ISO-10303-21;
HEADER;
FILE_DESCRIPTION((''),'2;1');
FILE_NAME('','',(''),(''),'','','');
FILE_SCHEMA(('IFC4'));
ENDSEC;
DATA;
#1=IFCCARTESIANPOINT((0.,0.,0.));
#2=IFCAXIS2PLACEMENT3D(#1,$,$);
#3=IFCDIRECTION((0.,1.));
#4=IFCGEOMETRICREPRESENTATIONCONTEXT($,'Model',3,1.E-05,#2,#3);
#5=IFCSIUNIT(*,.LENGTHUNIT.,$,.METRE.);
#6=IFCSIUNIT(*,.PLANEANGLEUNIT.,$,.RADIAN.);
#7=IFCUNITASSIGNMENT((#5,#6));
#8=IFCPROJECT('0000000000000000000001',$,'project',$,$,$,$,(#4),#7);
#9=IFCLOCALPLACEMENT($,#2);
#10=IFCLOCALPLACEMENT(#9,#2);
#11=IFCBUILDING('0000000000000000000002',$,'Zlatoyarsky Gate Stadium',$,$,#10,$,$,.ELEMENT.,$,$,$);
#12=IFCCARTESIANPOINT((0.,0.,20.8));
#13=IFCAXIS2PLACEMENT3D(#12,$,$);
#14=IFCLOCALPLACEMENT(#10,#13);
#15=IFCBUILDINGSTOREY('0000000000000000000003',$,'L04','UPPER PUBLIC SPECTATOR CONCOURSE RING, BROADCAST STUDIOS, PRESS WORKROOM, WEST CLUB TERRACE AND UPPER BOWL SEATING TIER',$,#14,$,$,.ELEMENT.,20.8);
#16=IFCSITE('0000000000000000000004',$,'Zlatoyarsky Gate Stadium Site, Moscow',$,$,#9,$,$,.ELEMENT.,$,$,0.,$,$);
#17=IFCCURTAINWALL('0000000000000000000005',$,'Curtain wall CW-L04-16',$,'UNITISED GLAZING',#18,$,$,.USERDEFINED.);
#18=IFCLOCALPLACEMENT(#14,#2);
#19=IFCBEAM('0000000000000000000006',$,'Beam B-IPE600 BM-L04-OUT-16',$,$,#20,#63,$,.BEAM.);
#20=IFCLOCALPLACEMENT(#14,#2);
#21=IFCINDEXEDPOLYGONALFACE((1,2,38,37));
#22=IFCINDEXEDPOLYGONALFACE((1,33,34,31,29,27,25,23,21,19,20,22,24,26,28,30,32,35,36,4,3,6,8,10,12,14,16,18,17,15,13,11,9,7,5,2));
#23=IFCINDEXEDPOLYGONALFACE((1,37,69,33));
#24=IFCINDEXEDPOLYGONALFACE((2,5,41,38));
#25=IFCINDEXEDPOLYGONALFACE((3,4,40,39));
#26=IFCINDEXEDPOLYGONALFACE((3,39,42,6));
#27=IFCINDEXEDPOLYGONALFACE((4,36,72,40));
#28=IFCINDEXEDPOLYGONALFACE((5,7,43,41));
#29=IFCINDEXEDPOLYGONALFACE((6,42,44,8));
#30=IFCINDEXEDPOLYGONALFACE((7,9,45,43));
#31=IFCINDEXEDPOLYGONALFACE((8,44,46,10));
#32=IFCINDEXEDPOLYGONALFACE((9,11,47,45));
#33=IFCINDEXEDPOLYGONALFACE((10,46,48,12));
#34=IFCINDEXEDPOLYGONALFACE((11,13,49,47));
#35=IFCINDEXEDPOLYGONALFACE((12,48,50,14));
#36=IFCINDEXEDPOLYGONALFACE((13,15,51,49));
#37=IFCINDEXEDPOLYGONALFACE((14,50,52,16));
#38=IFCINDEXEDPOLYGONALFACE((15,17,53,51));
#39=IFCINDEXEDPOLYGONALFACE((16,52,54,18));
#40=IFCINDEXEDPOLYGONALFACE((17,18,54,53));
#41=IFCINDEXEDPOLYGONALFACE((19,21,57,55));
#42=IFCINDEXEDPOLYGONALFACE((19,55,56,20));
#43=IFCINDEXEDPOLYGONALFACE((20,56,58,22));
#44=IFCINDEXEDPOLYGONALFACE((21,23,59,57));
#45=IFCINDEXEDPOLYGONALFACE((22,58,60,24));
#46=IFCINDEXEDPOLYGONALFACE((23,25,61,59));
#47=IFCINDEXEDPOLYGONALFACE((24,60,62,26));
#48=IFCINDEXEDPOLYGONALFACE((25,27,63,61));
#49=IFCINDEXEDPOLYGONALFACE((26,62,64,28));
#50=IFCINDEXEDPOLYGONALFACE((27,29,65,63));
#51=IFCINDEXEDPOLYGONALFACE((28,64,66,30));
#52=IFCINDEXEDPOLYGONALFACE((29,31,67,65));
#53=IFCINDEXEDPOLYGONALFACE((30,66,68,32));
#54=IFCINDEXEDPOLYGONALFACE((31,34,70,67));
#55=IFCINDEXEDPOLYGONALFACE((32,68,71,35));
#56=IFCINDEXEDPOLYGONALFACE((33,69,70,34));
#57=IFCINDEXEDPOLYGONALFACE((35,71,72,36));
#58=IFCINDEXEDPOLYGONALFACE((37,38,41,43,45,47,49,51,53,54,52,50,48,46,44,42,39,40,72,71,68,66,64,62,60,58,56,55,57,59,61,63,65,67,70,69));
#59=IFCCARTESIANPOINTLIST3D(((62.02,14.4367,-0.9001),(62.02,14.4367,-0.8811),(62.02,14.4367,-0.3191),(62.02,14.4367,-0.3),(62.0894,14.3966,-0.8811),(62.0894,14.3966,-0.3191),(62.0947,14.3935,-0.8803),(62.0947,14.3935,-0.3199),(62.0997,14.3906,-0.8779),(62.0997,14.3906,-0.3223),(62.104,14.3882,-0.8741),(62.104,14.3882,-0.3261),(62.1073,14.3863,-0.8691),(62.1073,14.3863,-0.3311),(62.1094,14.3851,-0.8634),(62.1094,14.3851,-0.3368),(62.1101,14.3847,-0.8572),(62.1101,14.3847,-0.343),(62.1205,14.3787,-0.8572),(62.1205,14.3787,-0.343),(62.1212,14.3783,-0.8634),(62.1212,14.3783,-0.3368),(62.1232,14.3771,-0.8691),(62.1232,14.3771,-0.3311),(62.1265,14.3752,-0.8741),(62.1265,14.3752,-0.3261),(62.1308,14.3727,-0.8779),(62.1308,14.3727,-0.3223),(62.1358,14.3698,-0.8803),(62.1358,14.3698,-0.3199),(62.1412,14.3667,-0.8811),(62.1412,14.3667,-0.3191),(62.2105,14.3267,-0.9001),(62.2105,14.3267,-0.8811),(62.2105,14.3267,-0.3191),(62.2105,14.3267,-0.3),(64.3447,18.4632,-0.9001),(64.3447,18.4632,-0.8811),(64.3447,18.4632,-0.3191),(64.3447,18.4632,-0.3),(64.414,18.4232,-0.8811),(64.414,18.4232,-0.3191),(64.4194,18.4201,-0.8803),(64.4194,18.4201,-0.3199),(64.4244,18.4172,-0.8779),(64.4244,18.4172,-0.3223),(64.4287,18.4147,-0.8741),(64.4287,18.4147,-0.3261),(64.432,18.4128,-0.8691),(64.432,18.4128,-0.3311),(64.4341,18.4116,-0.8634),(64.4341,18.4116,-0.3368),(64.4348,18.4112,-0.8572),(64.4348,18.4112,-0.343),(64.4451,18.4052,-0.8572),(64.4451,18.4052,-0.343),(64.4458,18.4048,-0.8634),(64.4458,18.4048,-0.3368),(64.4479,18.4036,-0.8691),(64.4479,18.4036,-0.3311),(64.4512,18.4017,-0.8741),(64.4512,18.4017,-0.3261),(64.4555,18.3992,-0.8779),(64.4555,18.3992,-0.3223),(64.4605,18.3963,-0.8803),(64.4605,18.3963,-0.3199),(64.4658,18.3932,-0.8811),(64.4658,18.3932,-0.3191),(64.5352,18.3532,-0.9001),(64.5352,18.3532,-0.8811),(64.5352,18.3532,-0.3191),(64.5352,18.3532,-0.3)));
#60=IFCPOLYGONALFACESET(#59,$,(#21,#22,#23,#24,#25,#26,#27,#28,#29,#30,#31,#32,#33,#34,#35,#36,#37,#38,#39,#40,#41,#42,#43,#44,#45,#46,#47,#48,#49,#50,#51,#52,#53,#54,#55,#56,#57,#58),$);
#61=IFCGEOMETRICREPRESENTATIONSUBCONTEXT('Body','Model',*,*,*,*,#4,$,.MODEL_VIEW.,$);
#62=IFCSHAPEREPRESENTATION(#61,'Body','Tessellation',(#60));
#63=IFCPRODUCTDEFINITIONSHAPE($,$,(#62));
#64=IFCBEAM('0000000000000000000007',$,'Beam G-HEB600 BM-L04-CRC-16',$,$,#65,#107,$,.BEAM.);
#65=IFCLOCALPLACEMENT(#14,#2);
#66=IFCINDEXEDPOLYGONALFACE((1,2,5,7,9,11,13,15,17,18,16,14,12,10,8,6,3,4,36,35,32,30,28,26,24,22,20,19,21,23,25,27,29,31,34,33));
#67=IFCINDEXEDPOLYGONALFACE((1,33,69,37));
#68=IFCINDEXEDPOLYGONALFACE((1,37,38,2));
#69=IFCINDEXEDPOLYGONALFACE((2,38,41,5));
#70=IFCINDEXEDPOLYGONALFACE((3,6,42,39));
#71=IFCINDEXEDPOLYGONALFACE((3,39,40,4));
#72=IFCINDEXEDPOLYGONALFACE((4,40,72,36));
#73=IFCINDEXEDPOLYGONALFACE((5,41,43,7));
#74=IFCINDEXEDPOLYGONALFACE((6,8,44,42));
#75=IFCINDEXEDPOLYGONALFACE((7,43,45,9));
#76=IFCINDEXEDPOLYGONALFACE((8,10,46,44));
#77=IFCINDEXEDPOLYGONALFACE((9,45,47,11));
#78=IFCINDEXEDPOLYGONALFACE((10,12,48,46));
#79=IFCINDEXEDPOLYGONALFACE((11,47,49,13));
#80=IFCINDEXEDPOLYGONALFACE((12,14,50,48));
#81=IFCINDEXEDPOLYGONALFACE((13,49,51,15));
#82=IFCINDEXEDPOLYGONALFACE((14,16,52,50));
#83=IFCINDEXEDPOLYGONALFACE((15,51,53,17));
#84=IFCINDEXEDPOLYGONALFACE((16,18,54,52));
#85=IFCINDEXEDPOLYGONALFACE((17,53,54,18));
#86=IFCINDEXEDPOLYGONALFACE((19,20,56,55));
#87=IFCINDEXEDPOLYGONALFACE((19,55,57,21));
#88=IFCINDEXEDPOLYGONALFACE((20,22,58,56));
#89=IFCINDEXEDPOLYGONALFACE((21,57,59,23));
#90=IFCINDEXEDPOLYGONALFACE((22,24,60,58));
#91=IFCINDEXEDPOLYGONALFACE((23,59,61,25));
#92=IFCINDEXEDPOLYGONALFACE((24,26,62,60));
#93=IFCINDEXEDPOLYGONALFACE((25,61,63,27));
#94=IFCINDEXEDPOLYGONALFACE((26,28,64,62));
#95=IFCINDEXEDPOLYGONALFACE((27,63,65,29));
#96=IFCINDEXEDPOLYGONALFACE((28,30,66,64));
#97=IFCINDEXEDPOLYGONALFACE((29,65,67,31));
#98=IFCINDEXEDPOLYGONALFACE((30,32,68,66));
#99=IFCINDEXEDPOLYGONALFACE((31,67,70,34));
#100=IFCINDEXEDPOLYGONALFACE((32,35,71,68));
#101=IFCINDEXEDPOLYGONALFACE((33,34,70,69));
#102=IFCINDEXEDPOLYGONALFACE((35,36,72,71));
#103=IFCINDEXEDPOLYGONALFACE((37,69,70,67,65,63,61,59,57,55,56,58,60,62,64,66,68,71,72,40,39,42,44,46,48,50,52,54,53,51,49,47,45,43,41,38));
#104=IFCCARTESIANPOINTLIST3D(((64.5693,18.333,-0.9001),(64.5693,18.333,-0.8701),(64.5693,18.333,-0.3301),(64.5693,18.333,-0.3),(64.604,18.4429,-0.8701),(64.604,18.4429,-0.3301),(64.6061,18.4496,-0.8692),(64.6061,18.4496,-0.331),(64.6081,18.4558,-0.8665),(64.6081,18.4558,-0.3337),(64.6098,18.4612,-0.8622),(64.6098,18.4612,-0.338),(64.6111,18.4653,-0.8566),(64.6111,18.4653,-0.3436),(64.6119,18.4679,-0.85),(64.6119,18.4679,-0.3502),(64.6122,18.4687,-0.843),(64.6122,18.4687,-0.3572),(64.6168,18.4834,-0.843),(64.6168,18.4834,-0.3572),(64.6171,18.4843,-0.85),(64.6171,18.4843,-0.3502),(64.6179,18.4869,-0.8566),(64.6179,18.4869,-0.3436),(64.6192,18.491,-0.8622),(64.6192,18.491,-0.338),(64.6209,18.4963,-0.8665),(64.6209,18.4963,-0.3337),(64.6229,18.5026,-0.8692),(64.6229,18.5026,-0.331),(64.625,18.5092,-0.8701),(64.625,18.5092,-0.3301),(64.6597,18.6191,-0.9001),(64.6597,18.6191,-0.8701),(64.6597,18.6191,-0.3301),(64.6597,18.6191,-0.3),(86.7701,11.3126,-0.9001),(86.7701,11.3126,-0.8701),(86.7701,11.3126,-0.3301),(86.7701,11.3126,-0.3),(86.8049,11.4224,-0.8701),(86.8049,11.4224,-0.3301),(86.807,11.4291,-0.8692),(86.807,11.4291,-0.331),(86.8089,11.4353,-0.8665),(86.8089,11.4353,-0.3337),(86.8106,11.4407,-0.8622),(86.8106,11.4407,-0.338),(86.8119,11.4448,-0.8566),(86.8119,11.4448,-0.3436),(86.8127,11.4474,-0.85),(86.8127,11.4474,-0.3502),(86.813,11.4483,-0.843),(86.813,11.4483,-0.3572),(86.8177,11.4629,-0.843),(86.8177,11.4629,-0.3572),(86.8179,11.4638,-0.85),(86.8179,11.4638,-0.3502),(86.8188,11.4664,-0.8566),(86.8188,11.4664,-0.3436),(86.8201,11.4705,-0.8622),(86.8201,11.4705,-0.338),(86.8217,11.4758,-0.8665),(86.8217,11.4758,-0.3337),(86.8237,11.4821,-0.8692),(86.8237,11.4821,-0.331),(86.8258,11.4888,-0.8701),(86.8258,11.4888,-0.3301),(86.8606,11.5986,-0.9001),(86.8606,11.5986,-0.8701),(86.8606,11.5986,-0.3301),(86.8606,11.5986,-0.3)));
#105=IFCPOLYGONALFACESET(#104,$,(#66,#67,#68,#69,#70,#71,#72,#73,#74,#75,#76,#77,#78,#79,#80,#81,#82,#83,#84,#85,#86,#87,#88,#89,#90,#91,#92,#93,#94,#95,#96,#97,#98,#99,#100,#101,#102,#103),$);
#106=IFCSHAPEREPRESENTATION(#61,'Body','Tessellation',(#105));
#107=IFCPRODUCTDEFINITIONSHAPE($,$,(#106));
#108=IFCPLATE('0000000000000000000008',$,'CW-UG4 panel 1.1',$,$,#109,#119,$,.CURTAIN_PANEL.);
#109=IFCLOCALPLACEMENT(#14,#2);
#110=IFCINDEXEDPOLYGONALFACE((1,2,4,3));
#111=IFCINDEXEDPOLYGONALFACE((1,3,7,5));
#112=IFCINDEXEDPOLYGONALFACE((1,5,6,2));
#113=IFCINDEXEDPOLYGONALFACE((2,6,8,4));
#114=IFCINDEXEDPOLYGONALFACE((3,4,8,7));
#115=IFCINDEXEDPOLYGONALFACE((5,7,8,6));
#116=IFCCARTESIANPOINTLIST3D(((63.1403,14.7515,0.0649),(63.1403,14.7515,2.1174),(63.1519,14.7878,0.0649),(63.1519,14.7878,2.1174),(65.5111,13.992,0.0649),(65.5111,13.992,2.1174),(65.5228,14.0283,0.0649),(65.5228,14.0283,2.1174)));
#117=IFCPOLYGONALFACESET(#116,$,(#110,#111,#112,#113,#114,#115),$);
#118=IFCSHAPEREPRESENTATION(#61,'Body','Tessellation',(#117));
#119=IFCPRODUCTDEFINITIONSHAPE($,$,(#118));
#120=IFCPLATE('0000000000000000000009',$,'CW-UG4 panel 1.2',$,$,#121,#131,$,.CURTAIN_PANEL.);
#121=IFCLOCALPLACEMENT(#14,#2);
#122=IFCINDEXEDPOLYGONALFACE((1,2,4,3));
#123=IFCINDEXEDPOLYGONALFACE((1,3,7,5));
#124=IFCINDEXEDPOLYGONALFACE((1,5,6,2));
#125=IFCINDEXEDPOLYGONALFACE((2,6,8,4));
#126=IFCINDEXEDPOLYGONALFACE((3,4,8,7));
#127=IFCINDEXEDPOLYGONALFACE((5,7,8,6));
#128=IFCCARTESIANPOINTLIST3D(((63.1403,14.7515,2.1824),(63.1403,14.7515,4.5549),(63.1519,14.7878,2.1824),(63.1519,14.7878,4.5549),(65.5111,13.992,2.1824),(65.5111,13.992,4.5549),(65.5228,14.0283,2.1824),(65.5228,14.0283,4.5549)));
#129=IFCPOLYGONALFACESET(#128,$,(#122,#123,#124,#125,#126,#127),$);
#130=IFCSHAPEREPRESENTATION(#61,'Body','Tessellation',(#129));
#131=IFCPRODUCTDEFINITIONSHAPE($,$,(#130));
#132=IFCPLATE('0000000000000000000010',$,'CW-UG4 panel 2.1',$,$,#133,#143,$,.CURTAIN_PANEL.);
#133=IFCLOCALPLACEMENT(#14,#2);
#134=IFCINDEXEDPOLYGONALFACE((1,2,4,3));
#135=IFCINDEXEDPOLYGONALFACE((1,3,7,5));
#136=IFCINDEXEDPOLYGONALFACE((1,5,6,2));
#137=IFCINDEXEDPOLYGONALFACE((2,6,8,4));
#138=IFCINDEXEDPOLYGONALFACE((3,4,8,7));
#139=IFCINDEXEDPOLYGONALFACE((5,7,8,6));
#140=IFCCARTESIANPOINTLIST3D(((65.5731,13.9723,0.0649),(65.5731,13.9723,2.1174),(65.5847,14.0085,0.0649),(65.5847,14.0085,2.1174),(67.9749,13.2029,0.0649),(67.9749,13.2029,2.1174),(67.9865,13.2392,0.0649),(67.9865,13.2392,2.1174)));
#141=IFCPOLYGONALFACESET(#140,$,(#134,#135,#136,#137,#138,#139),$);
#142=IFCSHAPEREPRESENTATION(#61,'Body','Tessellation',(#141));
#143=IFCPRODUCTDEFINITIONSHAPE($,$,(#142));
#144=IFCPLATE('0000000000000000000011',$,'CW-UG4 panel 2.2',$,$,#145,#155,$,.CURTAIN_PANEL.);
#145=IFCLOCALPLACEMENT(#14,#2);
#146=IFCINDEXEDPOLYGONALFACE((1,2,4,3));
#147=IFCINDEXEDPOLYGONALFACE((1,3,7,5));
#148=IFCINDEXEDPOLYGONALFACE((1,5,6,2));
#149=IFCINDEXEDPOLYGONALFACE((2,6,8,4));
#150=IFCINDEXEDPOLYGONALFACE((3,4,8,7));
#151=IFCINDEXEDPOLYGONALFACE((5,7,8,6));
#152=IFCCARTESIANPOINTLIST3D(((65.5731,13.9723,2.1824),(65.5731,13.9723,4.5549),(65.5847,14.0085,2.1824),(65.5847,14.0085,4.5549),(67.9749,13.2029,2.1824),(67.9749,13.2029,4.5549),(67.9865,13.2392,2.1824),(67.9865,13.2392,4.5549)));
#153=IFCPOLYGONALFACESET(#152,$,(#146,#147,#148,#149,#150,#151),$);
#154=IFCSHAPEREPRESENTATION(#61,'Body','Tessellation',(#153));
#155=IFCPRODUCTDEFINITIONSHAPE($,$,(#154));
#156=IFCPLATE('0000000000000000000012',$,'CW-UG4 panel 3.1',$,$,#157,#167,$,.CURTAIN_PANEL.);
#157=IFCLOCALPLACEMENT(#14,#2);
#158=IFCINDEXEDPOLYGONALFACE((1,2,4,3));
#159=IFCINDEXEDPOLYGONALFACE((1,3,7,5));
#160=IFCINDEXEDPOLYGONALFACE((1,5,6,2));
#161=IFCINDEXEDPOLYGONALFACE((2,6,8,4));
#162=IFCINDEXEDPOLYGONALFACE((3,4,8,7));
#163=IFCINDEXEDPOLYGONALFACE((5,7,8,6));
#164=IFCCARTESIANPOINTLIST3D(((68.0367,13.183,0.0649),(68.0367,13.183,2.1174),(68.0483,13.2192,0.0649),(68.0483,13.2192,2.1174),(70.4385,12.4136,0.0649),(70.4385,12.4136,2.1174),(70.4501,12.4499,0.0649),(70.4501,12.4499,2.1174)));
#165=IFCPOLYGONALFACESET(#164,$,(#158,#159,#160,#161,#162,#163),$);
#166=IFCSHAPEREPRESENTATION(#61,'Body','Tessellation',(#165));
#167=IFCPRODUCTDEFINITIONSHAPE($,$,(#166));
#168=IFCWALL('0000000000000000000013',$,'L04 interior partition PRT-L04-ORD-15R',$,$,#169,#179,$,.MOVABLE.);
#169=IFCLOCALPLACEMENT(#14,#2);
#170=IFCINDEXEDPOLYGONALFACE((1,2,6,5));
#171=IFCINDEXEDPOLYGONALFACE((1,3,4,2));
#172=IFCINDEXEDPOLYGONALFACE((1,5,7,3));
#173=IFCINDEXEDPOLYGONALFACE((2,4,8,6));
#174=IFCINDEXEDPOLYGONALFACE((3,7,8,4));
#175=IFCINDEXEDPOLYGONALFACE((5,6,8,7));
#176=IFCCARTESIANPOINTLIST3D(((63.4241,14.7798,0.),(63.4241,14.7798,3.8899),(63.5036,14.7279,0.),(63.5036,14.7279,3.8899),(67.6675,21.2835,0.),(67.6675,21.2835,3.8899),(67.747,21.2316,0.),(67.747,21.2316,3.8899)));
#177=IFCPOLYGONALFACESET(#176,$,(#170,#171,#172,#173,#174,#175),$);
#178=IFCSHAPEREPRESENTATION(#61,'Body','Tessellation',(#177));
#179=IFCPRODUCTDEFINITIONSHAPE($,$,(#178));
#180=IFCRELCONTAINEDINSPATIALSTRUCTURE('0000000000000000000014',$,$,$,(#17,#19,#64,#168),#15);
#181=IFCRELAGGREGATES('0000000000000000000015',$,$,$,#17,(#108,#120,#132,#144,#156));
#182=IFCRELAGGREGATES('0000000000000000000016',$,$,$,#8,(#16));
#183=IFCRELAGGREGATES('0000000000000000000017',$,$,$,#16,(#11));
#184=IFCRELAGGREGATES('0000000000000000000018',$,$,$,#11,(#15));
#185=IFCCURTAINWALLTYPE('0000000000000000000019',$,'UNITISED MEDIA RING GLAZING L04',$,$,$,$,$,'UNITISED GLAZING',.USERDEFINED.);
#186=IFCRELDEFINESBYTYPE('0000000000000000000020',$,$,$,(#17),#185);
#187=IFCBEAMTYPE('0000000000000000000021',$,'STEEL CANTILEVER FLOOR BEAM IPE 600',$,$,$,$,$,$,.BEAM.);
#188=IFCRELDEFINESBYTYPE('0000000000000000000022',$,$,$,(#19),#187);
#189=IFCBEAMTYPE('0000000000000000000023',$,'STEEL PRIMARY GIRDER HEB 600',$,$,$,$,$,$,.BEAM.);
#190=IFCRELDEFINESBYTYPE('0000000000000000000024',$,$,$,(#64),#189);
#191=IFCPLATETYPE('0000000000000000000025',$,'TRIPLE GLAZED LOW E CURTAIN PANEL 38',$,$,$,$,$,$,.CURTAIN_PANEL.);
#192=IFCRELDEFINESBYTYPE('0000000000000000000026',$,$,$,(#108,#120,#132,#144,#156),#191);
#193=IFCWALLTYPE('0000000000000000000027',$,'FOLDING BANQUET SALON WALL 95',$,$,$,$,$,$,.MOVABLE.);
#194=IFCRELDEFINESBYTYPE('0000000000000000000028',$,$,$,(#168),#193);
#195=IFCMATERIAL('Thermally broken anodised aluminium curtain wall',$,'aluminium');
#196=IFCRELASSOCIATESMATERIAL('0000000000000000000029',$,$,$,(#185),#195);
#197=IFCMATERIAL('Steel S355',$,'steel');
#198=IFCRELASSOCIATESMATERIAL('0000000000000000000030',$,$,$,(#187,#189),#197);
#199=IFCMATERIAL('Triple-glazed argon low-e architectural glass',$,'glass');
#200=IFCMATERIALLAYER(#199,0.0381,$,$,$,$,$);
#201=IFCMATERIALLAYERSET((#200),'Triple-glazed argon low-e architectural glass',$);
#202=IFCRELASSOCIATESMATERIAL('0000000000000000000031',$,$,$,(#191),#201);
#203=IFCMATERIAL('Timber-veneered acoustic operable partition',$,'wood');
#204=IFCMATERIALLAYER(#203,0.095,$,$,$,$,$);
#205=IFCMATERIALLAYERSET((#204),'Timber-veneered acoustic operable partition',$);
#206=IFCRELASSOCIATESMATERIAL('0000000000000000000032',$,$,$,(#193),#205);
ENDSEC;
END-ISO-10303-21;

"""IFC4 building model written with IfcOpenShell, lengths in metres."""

from ifc_helpers import new_model, si_unit, direction, frame, frame_2d, origin, origin_2d, place, context, subcontext, project, spatial, rectangle, i_section, extrude, material, layer, layer_set, material_profile, profile_set, type_object, element, aggregate, save


model = new_model("IFC4")

# Units and contexts
model_context = context("Model", 3, precision=1e-05, world=origin(), true_north=direction((0.0, 1.0)))
body_context = subcontext(model_context, "Body", "Model", "MODEL_VIEW")
ifc_project = project(units=[si_unit("LENGTHUNIT", "METRE"), si_unit("PLANEANGLEUNIT", "RADIAN")], contexts=[model_context])

# Site, building, storey
site_placement = place(None, origin())
site = spatial("IfcSite", under=ifc_project, at=site_placement, Name="Zlatoyarsky Gate Stadium Site, Moscow", CompositionType="ELEMENT", RefElevation=0.0)
building_placement = place(site_placement, origin())
building = spatial("IfcBuilding", under=site, at=building_placement, Name="Zlatoyarsky Gate Stadium", CompositionType="ELEMENT")
storey_placement = place(building_placement, frame((0.0, 0.0, 20.8)))
storey = spatial("IfcBuildingStorey", under=building, at=storey_placement, Name="L04", Description="UPPER PUBLIC SPECTATOR CONCOURSE RING, BROADCAST STUDIOS, PRESS WORKROOM, WEST CLUB TERRACE AND UPPER BOWL SEATING TIER", CompositionType="ELEMENT", Elevation=20.8)

# Shared definitions
ifc_material_1 = material(Name="Steel S355", Category="steel")

# Curtain wall
ifc_material_2 = material(Name="Thermally broken anodised aluminium curtain wall", Category="aluminium")
curtain_wall_type = type_object("IfcCurtainWallType", Name="UNITISED MEDIA RING GLAZING L04", ElementType="UNITISED GLAZING", PredefinedType="USERDEFINED", material=ifc_material_2)
curtain_wall_placement = place(storey_placement, origin())
curtain_wall = element("IfcCurtainWall", 1, at=curtain_wall_placement, inside=storey, type_object=curtain_wall_type, Name="Curtain wall CW-L04-16", ObjectType="UNITISED GLAZING", PredefinedType="USERDEFINED")

# Beams
ifc_material_profile_1 = material_profile(ifc_material_1, i_section(OverallWidth=0.22, OverallDepth=0.6001, WebThickness=0.012, FlangeThickness=0.019, FilletRadius=0.0239, at=origin_2d()), Name="IPE 600")
ifc_profile_set_1 = profile_set([ifc_material_profile_1], Name="Steel S355")
beam_type_1 = type_object("IfcBeamType", Name="STEEL CANTILEVER FLOOR BEAM IPE 600", PredefinedType="BEAM", material=ifc_profile_set_1)
beam_1_placement = place(storey_placement, frame((64.4399, 18.4082, -0.6001), z_axis=(-0.499991, -0.866031, 0.0), x_axis=(0.866031, -0.499991, 0.0)))
element("IfcBeam", 2, at=beam_1_placement, inside=storey, type_object=beam_type_1, Name="Beam B-IPE600 BM-L04-OUT-16", PredefinedType="BEAM", context=body_context, shape_type="SweptSolid", body=[
    extrude(i_section(OverallWidth=0.22, OverallDepth=0.6001, WebThickness=0.012, FlangeThickness=0.019, FilletRadius=0.0239, at=origin_2d()), origin(), (0.0, 0.0, 1.0), 4.6494),
])
ifc_material_profile_2 = material_profile(ifc_material_1, i_section(OverallWidth=0.3, OverallDepth=0.6001, WebThickness=0.0154, FlangeThickness=0.03, FilletRadius=0.0271, at=origin_2d()), Name="HEB 600")
ifc_profile_set_2 = profile_set([ifc_material_profile_2], Name="Steel S355")
beam_type_2 = type_object("IfcBeamType", Name="STEEL PRIMARY GIRDER HEB 600", PredefinedType="BEAM", material=ifc_profile_set_2)
beam_2_placement = place(storey_placement, frame((64.6145, 18.4761, -0.6001), z_axis=(0.953463, -0.30151, 0.0), x_axis=(0.30151, 0.953463, 0.0)))
element("IfcBeam", 3, at=beam_2_placement, inside=storey, type_object=beam_type_2, Name="Beam G-HEB600 BM-L04-CRC-16", PredefinedType="BEAM", context=body_context, shape_type="SweptSolid", body=[
    extrude(i_section(OverallWidth=0.3, OverallDepth=0.6001, WebThickness=0.0154, FlangeThickness=0.03, FilletRadius=0.0271, at=origin_2d()), origin(), (0.0, 0.0, 1.0), 23.2844),
])

# Plates
ifc_material_3 = material(Name="Triple-glazed argon low-e architectural glass", Category="glass")
ifc_layer_1 = layer(ifc_material_3, 0.0381)
ifc_layer_set_1 = layer_set([ifc_layer_1], Name="Triple-glazed argon low-e architectural glass")
plate_type = type_object("IfcPlateType", Name="TRIPLE GLAZED LOW E CURTAIN PANEL 38", PredefinedType="CURTAIN_PANEL", material=ifc_layer_set_1)
plate_1_placement = place(storey_placement, frame((64.3315, 14.3899, 0.0649), z_axis=(0.0, 0.0, 1.0), x_axis=(0.952331, -0.305066, 0.0)))
plate_1 = element("IfcPlate", 4, at=plate_1_placement, type_object=plate_type, Name="CW-UG4 panel 1.1", PredefinedType="CURTAIN_PANEL", context=body_context, shape_type="SweptSolid", body=[
    extrude(rectangle(XDim=2.4895, YDim=0.0381, at=origin_2d()), origin(), (0.0, 0.0, 1.0), 2.0525),
])
plate_2_placement = place(storey_placement, frame((64.3315, 14.3899, 2.1824), z_axis=(0.0, 0.0, 1.0), x_axis=(0.952331, -0.305066, 0.0)))
plate_2 = element("IfcPlate", 5, at=plate_2_placement, type_object=plate_type, Name="CW-UG4 panel 1.2", PredefinedType="CURTAIN_PANEL", context=body_context, shape_type="SweptSolid", body=[
    extrude(rectangle(XDim=2.4895, YDim=0.0381, at=origin_2d()), origin(), (0.0, 0.0, 1.0), 2.3726),
])
plate_3_placement = place(storey_placement, frame((66.7798, 13.6057, 0.0649), z_axis=(0.0, 0.0, 1.0), x_axis=(0.952331, -0.305066, 0.0)))
plate_3 = element("IfcPlate", 6, at=plate_3_placement, type_object=plate_type, Name="CW-UG4 panel 2.1", PredefinedType="CURTAIN_PANEL", context=body_context, shape_type="SweptSolid", body=[
    extrude(rectangle(XDim=2.522, YDim=0.0381, at=origin_2d()), origin(), (0.0, 0.0, 1.0), 2.0525),
])
plate_4_placement = place(storey_placement, frame((66.7798, 13.6057, 2.1824), z_axis=(0.0, 0.0, 1.0), x_axis=(0.952331, -0.305066, 0.0)))
plate_4 = element("IfcPlate", 7, at=plate_4_placement, type_object=plate_type, Name="CW-UG4 panel 2.2", PredefinedType="CURTAIN_PANEL", context=body_context, shape_type="SweptSolid", body=[
    extrude(rectangle(XDim=2.522, YDim=0.0381, at=origin_2d()), origin(), (0.0, 0.0, 1.0), 2.3726),
])
plate_5_placement = place(storey_placement, frame((69.2434, 12.8164, 0.0649), z_axis=(0.0, 0.0, 1.0), x_axis=(0.952331, -0.305066, 0.0)))
plate_5 = element("IfcPlate", 8, at=plate_5_placement, type_object=plate_type, Name="CW-UG4 panel 3.1", PredefinedType="CURTAIN_PANEL", context=body_context, shape_type="SweptSolid", body=[
    extrude(rectangle(XDim=2.522, YDim=0.0381, at=origin_2d()), origin(), (0.0, 0.0, 1.0), 2.0525),
])
aggregate(curtain_wall, [plate_1, plate_2, plate_3, plate_4, plate_5])

# Wall
ifc_material_4 = material(Name="Timber-veneered acoustic operable partition", Category="wood")
ifc_layer_2 = layer(ifc_material_4, 0.095)
ifc_layer_set_2 = layer_set([ifc_layer_2], Name="Timber-veneered acoustic operable partition")
wall_type = type_object("IfcWallType", Name="FOLDING BANQUET SALON WALL 95", PredefinedType="MOVABLE", material=ifc_layer_set_2)
wall_placement = place(storey_placement, frame((67.7073, 21.2576, 0.0), z_axis=(0.0, 0.0, 1.0), x_axis=(-0.546438, -0.837499, 0.0)))
element("IfcWall", 9, at=wall_placement, inside=storey, type_object=wall_type, Name="L04 interior partition PRT-L04-ORD-15R", PredefinedType="MOVABLE", context=body_context, shape_type="SweptSolid", body=[
    extrude(rectangle(XDim=7.7656, YDim=0.095, at=frame_2d((3.8828, 0.0))), origin(), (0.0, 0.0, 1.0), 3.8899),
])

save(model, "model.ifc")
